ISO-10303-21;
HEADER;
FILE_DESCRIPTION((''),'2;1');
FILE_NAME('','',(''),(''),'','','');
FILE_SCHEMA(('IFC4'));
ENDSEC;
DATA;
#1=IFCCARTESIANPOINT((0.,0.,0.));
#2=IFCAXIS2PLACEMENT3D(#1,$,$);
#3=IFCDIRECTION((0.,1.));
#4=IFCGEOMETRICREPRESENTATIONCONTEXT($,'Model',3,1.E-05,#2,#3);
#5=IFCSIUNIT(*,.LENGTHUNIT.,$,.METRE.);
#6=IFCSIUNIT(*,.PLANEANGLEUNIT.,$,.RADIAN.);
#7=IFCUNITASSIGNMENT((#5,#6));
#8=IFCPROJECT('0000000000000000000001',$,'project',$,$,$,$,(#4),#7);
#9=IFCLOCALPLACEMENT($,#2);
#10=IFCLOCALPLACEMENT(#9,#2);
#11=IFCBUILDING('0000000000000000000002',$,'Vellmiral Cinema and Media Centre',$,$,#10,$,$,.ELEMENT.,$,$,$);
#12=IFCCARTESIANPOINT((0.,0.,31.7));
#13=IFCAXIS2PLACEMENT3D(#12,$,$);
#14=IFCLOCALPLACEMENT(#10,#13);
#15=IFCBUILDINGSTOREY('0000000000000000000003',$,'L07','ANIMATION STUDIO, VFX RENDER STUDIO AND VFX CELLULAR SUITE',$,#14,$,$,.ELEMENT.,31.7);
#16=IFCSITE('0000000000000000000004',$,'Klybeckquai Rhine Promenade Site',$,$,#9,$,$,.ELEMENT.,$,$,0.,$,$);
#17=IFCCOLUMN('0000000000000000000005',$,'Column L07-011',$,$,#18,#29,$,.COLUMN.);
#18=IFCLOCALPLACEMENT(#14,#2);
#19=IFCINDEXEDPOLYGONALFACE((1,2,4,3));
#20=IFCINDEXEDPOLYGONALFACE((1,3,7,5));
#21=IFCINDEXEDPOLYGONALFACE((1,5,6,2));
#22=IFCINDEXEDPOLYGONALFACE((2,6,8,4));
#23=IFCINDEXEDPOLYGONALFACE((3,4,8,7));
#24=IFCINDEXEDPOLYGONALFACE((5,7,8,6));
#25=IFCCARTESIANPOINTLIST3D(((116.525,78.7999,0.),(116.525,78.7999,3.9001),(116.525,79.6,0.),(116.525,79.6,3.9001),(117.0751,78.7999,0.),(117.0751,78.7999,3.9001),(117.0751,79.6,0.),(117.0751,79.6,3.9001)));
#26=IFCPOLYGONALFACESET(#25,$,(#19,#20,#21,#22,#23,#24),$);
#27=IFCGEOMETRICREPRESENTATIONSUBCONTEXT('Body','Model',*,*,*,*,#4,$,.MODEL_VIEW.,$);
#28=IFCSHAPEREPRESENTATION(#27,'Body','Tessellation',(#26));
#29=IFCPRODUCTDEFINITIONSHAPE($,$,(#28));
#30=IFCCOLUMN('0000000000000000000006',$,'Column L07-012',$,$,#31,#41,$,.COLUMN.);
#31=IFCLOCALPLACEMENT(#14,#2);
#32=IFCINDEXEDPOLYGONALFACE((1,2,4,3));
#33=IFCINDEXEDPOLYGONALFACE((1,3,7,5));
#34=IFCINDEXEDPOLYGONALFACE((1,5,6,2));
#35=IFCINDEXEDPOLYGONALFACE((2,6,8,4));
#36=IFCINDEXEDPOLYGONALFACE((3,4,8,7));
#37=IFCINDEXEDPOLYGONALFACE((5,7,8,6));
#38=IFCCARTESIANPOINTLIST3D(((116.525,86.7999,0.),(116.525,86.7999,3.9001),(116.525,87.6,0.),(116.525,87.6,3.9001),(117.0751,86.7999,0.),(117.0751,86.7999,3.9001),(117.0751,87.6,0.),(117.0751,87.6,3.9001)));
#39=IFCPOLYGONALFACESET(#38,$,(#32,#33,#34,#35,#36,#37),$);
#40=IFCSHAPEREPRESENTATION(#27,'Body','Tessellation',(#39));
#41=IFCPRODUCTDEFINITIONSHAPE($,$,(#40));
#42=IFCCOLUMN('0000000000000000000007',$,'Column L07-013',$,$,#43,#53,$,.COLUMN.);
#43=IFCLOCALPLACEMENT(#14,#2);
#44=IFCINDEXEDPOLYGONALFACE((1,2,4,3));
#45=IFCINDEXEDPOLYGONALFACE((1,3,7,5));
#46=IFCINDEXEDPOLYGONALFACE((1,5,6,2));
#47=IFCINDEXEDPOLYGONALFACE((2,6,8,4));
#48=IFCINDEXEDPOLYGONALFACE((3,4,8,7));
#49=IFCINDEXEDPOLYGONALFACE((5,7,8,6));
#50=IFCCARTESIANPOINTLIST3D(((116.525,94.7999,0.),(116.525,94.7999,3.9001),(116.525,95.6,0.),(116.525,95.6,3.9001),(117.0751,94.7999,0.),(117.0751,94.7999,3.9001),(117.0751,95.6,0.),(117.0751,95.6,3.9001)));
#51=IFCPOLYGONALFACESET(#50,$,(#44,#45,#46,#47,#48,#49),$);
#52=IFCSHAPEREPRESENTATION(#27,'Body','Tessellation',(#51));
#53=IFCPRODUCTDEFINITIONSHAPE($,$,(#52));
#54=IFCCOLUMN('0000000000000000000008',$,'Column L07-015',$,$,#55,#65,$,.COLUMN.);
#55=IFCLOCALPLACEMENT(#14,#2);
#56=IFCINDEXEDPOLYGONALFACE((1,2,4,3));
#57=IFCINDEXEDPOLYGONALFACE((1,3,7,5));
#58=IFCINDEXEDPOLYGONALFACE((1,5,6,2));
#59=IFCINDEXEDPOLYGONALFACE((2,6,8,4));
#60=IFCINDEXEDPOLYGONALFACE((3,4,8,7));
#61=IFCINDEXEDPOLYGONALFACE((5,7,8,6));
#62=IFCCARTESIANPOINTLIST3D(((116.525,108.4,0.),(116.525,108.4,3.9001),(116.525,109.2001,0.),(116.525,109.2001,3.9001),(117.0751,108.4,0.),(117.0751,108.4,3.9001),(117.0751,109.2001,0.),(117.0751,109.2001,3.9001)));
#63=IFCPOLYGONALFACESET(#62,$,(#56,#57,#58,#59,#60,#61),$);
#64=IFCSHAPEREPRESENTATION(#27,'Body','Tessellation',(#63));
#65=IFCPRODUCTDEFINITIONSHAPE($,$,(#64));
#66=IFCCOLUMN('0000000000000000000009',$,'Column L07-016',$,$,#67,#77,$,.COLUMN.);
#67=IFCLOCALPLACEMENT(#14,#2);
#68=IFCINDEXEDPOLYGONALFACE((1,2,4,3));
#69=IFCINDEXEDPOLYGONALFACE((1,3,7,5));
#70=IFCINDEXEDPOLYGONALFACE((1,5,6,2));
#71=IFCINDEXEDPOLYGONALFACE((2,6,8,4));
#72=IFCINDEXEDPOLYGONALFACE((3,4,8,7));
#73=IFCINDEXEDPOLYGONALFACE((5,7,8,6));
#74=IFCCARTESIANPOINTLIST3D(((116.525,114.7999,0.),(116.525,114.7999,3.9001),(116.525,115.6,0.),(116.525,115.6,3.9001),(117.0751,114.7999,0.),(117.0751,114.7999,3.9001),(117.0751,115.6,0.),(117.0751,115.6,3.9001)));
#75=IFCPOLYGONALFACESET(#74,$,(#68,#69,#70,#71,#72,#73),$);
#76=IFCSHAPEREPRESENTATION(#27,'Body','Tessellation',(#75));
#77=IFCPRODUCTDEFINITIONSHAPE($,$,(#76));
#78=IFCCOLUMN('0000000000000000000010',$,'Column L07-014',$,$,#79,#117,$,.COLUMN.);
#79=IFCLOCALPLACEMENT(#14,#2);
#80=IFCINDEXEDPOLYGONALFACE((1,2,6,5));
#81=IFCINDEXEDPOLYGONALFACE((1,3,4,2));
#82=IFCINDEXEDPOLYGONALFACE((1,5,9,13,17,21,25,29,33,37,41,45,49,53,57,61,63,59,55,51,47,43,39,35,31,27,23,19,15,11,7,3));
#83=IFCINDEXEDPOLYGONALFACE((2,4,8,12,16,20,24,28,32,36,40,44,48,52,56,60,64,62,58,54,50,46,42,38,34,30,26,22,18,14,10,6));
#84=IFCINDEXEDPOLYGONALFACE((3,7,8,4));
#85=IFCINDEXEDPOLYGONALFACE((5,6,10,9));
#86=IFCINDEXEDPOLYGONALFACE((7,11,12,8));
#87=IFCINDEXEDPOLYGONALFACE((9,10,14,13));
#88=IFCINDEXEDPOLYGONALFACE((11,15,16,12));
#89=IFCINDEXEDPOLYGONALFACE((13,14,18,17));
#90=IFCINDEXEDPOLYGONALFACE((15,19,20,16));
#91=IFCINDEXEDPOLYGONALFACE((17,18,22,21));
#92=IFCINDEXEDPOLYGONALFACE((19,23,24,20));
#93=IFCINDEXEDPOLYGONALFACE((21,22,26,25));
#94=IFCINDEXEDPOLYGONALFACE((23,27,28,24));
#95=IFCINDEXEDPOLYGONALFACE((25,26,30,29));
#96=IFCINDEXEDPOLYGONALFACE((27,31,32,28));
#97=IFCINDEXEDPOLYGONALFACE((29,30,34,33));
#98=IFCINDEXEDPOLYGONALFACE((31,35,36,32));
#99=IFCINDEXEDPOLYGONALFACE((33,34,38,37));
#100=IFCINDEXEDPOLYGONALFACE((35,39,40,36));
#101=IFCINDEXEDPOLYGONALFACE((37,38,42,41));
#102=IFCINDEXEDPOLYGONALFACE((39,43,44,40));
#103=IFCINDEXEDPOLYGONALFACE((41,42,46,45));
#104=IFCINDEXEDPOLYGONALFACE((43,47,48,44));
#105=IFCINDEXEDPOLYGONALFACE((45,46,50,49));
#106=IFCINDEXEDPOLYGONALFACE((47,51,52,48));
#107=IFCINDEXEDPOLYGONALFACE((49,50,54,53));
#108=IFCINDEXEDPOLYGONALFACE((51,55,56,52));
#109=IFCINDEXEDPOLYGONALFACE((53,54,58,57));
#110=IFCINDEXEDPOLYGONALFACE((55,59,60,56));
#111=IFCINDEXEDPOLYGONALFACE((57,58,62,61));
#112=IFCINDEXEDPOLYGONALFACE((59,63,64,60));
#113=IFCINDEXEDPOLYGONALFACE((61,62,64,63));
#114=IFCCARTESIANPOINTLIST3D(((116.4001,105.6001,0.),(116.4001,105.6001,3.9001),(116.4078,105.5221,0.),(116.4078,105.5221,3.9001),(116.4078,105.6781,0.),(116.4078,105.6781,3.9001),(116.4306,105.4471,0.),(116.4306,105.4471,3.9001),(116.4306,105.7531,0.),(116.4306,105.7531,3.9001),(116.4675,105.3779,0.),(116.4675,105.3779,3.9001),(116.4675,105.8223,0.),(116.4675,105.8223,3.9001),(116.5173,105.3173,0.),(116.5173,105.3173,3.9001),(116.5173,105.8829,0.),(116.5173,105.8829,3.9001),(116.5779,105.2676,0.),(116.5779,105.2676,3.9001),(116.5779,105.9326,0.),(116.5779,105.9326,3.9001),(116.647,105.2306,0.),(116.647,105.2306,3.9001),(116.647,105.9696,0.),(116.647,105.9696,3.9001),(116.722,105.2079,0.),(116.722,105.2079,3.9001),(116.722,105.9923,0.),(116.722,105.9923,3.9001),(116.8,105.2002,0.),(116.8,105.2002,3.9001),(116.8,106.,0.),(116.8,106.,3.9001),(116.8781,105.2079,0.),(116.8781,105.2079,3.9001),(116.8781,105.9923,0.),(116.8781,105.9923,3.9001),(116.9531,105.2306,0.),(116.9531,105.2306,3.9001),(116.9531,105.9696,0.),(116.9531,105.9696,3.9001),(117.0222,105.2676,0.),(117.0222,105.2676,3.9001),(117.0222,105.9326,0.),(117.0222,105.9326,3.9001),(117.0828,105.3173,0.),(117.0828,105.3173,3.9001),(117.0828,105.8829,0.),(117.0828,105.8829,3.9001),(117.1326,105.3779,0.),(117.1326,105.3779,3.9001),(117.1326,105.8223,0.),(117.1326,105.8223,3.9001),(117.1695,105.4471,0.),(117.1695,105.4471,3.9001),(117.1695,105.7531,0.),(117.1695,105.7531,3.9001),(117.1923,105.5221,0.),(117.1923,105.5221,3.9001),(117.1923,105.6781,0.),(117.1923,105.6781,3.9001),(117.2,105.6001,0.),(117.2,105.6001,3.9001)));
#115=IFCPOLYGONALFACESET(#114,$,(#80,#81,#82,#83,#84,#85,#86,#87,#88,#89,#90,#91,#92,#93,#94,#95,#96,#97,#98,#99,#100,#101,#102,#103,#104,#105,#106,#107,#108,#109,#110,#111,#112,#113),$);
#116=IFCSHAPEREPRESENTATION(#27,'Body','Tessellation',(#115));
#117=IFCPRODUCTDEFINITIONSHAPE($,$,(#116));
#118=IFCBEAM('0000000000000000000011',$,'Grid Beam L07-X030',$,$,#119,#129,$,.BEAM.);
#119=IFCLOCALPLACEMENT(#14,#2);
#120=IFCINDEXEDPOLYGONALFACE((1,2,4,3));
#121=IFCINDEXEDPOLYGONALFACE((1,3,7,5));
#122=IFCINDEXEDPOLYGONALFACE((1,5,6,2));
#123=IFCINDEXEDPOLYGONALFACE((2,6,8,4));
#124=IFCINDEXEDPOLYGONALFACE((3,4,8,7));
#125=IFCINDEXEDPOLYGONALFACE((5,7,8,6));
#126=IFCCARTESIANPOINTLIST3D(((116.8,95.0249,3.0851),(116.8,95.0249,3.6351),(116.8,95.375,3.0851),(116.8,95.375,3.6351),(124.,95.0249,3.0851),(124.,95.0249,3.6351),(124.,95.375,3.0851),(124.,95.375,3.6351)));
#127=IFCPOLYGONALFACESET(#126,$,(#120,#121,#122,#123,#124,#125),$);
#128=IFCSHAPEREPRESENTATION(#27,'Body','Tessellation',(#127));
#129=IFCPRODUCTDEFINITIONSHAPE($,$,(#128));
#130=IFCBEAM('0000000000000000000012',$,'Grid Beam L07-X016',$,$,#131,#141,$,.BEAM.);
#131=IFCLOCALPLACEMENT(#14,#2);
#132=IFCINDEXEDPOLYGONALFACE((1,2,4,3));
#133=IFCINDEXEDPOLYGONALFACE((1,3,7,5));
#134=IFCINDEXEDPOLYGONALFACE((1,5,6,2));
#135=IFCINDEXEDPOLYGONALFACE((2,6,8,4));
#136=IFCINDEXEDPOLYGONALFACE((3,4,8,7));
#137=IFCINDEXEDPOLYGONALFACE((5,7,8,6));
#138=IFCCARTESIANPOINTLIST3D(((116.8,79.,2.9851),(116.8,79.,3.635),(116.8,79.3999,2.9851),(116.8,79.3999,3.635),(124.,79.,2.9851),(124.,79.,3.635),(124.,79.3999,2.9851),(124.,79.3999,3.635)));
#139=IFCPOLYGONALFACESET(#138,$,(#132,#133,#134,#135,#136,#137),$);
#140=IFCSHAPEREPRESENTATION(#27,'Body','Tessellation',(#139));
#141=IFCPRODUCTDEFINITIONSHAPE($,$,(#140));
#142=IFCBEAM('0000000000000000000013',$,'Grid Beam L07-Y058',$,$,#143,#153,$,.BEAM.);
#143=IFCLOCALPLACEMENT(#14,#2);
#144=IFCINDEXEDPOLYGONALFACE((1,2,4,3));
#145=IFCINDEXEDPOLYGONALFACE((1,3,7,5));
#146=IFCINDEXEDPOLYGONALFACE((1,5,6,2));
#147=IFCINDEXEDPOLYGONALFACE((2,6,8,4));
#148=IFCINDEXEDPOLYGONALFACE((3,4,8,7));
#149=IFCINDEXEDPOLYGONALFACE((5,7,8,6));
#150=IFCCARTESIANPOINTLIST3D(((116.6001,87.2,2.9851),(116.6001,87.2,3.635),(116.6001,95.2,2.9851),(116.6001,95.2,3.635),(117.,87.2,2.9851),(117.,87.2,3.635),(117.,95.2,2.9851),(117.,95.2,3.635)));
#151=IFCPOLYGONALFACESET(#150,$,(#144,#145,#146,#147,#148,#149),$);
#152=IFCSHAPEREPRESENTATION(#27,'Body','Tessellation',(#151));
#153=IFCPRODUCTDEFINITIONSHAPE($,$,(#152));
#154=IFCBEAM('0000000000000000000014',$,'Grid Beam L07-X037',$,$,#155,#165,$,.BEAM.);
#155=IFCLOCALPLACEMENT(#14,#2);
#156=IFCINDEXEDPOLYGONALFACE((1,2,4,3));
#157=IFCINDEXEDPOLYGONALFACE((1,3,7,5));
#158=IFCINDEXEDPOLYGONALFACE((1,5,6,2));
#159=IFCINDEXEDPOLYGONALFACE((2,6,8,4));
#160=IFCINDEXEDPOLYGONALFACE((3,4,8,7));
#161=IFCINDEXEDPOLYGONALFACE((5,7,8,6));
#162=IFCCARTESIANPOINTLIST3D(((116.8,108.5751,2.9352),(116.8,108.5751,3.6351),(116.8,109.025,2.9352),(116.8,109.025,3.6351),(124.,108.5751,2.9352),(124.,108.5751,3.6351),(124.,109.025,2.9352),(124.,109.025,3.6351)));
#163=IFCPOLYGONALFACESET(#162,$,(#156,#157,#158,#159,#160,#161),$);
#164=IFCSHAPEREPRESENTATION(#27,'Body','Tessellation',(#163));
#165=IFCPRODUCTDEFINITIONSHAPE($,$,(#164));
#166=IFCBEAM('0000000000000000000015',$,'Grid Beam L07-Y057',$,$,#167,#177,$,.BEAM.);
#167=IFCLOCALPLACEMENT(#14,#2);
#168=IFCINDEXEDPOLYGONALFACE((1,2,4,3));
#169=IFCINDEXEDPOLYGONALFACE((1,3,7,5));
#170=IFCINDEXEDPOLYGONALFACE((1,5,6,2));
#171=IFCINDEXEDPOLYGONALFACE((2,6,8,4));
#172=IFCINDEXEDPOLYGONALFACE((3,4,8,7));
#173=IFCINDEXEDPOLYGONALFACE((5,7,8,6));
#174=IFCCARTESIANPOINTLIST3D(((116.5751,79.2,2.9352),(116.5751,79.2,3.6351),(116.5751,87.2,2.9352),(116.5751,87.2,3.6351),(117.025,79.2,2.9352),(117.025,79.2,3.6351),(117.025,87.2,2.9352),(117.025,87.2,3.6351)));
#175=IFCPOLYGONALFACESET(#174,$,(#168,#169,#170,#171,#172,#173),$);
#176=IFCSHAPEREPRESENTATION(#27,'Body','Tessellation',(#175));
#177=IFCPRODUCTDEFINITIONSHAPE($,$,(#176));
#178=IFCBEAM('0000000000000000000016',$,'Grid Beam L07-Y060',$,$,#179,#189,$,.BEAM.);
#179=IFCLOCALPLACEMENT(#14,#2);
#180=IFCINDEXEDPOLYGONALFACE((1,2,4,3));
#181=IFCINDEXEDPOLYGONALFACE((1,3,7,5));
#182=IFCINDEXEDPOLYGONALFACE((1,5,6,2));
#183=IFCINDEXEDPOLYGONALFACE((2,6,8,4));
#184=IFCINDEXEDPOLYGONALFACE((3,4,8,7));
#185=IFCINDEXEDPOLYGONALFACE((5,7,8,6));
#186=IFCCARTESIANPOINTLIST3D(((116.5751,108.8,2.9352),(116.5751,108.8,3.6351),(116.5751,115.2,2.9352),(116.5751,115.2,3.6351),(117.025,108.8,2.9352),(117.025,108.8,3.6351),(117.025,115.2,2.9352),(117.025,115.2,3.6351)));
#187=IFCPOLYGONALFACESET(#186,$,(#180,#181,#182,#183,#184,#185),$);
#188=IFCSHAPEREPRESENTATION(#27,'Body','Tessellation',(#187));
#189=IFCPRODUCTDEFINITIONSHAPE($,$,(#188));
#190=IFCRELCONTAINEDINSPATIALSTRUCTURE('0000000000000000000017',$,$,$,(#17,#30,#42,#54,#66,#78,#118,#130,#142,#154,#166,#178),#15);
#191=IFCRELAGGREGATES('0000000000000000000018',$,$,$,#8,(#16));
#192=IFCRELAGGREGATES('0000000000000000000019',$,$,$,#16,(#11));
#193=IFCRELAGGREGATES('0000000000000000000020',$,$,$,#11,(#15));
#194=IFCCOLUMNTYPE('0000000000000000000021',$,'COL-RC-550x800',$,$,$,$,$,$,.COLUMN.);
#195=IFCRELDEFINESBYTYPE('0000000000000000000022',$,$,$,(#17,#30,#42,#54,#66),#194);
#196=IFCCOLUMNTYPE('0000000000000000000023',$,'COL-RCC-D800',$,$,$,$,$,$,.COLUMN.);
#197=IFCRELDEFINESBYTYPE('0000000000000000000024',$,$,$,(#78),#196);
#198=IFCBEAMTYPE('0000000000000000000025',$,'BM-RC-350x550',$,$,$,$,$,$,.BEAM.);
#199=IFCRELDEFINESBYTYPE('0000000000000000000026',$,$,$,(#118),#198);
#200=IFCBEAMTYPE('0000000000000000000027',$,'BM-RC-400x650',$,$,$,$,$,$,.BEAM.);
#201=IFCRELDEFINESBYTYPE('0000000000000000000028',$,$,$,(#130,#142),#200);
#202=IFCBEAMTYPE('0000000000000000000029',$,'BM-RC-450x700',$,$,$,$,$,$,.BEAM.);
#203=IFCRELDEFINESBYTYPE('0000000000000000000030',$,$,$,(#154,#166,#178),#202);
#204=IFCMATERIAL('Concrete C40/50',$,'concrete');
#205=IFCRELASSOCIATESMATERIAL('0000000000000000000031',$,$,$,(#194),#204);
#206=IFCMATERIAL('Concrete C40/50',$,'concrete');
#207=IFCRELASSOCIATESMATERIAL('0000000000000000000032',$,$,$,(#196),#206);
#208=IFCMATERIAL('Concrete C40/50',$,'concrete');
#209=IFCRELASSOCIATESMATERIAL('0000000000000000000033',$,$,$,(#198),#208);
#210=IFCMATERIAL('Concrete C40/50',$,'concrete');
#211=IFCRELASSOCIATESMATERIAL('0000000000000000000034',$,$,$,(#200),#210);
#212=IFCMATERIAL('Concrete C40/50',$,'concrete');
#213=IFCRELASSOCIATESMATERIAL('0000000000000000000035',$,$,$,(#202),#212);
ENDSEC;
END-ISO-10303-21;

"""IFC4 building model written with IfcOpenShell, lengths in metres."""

from ifc_helpers import new_model, si_unit, direction, frame, origin, origin_2d, place, context, subcontext, project, spatial, rectangle, circle, extrude, material, material_profile, profile_set, type_object, element, save


model = new_model("IFC4")

# Units and contexts
model_context = context("Model", 3, precision=1e-05, world=origin(), true_north=direction((0.0, 1.0)))
body_context = subcontext(model_context, "Body", "Model", "MODEL_VIEW")
ifc_project = project(units=[si_unit("LENGTHUNIT", "METRE"), si_unit("PLANEANGLEUNIT", "RADIAN")], contexts=[model_context])

# Site, building, storey
site_placement = place(None, origin())
site = spatial("IfcSite", under=ifc_project, at=site_placement, Name="Klybeckquai Rhine Promenade Site", CompositionType="ELEMENT", RefElevation=0.0)
building_placement = place(site_placement, origin())
building = spatial("IfcBuilding", under=site, at=building_placement, Name="Vellmiral Cinema and Media Centre", CompositionType="ELEMENT")
storey_placement = place(building_placement, frame((0.0, 0.0, 31.7)))
storey = spatial("IfcBuildingStorey", under=building, at=storey_placement, Name="L07", Description="ANIMATION STUDIO, VFX RENDER STUDIO AND VFX CELLULAR SUITE", CompositionType="ELEMENT", Elevation=31.7)

# Columns
ifc_material_1 = material(Name="Concrete C40/50", Category="concrete")
ifc_material_profile_1 = material_profile(ifc_material_1, rectangle(XDim=0.55, YDim=0.8, at=origin_2d()), Name="RC 550x800")
ifc_profile_set_1 = profile_set([ifc_material_profile_1], Name="Concrete C40/50")
column_type_1 = type_object("IfcColumnType", Name="COL-RC-550x800", PredefinedType="COLUMN", material=ifc_profile_set_1)
for number, where, z_axis, x_axis, name in (
    (1, (116.8, 79.2, 0.0), (0.0, 0.0, 1.0), (1.0, 0.0, 0.0), "Column L07-011"),
    (2, (116.8, 87.2, 0.0), (0.0, 0.0, 1.0), (1.0, 0.0, 0.0), "Column L07-012"),
    (3, (116.8, 95.2, 0.0), (0.0, 0.0, 1.0), (1.0, 0.0, 0.0), "Column L07-013"),
    (4, (116.8, 108.8, 0.0), (0.0, 0.0, 1.0), (1.0, 0.0, 0.0), "Column L07-015"),
    (5, (116.8, 115.2, 0.0), (0.0, 0.0, 1.0), (1.0, 0.0, 0.0), "Column L07-016"),
):
    element("IfcColumn", number, at=place(storey_placement, frame(where, z_axis=z_axis, x_axis=x_axis)), inside=storey, type_object=column_type_1, Name=name, PredefinedType="COLUMN", context=body_context, shape_type="SweptSolid", body=[
        extrude(rectangle(XDim=0.55, YDim=0.8, at=origin_2d()), origin(), (0.0, 0.0, 1.0), 3.9001),
    ])
ifc_material_2 = material(Name="Concrete C40/50", Category="concrete")
ifc_material_profile_2 = material_profile(ifc_material_2, circle(Radius=0.3999, at=origin_2d()), Name="RC D800")
ifc_profile_set_2 = profile_set([ifc_material_profile_2], Name="Concrete C40/50")
column_type_2 = type_object("IfcColumnType", Name="COL-RCC-D800", PredefinedType="COLUMN", material=ifc_profile_set_2)
column_placement = place(storey_placement, frame((116.8, 105.6001, 0.0), z_axis=(0.0, 0.0, 1.0), x_axis=(1.0, 0.0, 0.0)))
element("IfcColumn", 6, at=column_placement, inside=storey, type_object=column_type_2, Name="Column L07-014", PredefinedType="COLUMN", context=body_context, shape_type="SweptSolid", body=[
    extrude(circle(Radius=0.3999, at=origin_2d()), origin(), (0.0, 0.0, 1.0), 3.9001),
])

# Beams
ifc_material_3 = material(Name="Concrete C40/50", Category="concrete")
ifc_material_profile_3 = material_profile(ifc_material_3, rectangle(XDim=0.3501, YDim=0.55, at=origin_2d()), Name="RC 350x550")
ifc_profile_set_3 = profile_set([ifc_material_profile_3], Name="Concrete C40/50")
beam_type_1 = type_object("IfcBeamType", Name="BM-RC-350x550", PredefinedType="BEAM", material=ifc_profile_set_3)
beam_1_placement = place(storey_placement, frame((116.8, 95.2, 3.3601), z_axis=(1.0, 0.0, 0.0), x_axis=(0.0, 1.0, 0.0)))
element("IfcBeam", 7, at=beam_1_placement, inside=storey, type_object=beam_type_1, Name="Grid Beam L07-X030", PredefinedType="BEAM", context=body_context, shape_type="SweptSolid", body=[
    extrude(rectangle(XDim=0.3501, YDim=0.55, at=origin_2d()), origin(), (0.0, 0.0, 1.0), 7.2),
])
ifc_material_4 = material(Name="Concrete C40/50", Category="concrete")
ifc_material_profile_4 = material_profile(ifc_material_4, rectangle(XDim=0.3999, YDim=0.6499, at=origin_2d()), Name="RC 400x650")
ifc_profile_set_4 = profile_set([ifc_material_profile_4], Name="Concrete C40/50")
beam_type_2 = type_object("IfcBeamType", Name="BM-RC-400x650", PredefinedType="BEAM", material=ifc_profile_set_4)
beam_2_placement = place(storey_placement, frame((116.8, 79.2, 3.3101), z_axis=(1.0, 0.0, 0.0), x_axis=(0.0, 1.0, 0.0)))
element("IfcBeam", 8, at=beam_2_placement, inside=storey, type_object=beam_type_2, Name="Grid Beam L07-X016", PredefinedType="BEAM", context=body_context, shape_type="SweptSolid", body=[
    extrude(rectangle(XDim=0.3999, YDim=0.6499, at=origin_2d()), origin(), (0.0, 0.0, 1.0), 7.2),
])
beam_3_placement = place(storey_placement, frame((116.8, 87.2, 3.3101), z_axis=(0.0, 1.0, 0.0), x_axis=(-1.0, 0.0, 0.0)))
element("IfcBeam", 9, at=beam_3_placement, inside=storey, type_object=beam_type_2, Name="Grid Beam L07-Y058", PredefinedType="BEAM", context=body_context, shape_type="SweptSolid", body=[
    extrude(rectangle(XDim=0.3999, YDim=0.6499, at=origin_2d()), origin(), (0.0, 0.0, 1.0), 8.0),
])
ifc_material_5 = material(Name="Concrete C40/50", Category="concrete")
ifc_material_profile_5 = material_profile(ifc_material_5, rectangle(XDim=0.45, YDim=0.7, at=origin_2d()), Name="RC 450x700")
ifc_profile_set_5 = profile_set([ifc_material_profile_5], Name="Concrete C40/50")
beam_type_3 = type_object("IfcBeamType", Name="BM-RC-450x700", PredefinedType="BEAM", material=ifc_profile_set_5)
beam_4_placement = place(storey_placement, frame((116.8, 108.8, 3.2852), z_axis=(1.0, 0.0, 0.0), x_axis=(0.0, 1.0, 0.0)))
element("IfcBeam", 10, at=beam_4_placement, inside=storey, type_object=beam_type_3, Name="Grid Beam L07-X037", PredefinedType="BEAM", context=body_context, shape_type="SweptSolid", body=[
    extrude(rectangle(XDim=0.45, YDim=0.7, at=origin_2d()), origin(), (0.0, 0.0, 1.0), 7.2),
])
beam_5_placement = place(storey_placement, frame((116.8, 79.2, 3.2852), z_axis=(0.0, 1.0, 0.0), x_axis=(-1.0, 0.0, 0.0)))
element("IfcBeam", 11, at=beam_5_placement, inside=storey, type_object=beam_type_3, Name="Grid Beam L07-Y057", PredefinedType="BEAM", context=body_context, shape_type="SweptSolid", body=[
    extrude(rectangle(XDim=0.45, YDim=0.7, at=origin_2d()), origin(), (0.0, 0.0, 1.0), 8.0),
])
beam_6_placement = place(storey_placement, frame((116.8, 108.8, 3.2852), z_axis=(0.0, 1.0, 0.0), x_axis=(-1.0, 0.0, 0.0)))
element("IfcBeam", 12, at=beam_6_placement, inside=storey, type_object=beam_type_3, Name="Grid Beam L07-Y060", PredefinedType="BEAM", context=body_context, shape_type="SweptSolid", body=[
    extrude(rectangle(XDim=0.45, YDim=0.7, at=origin_2d()), origin(), (0.0, 0.0, 1.0), 6.3999),
])

save(model, "model.ifc")
